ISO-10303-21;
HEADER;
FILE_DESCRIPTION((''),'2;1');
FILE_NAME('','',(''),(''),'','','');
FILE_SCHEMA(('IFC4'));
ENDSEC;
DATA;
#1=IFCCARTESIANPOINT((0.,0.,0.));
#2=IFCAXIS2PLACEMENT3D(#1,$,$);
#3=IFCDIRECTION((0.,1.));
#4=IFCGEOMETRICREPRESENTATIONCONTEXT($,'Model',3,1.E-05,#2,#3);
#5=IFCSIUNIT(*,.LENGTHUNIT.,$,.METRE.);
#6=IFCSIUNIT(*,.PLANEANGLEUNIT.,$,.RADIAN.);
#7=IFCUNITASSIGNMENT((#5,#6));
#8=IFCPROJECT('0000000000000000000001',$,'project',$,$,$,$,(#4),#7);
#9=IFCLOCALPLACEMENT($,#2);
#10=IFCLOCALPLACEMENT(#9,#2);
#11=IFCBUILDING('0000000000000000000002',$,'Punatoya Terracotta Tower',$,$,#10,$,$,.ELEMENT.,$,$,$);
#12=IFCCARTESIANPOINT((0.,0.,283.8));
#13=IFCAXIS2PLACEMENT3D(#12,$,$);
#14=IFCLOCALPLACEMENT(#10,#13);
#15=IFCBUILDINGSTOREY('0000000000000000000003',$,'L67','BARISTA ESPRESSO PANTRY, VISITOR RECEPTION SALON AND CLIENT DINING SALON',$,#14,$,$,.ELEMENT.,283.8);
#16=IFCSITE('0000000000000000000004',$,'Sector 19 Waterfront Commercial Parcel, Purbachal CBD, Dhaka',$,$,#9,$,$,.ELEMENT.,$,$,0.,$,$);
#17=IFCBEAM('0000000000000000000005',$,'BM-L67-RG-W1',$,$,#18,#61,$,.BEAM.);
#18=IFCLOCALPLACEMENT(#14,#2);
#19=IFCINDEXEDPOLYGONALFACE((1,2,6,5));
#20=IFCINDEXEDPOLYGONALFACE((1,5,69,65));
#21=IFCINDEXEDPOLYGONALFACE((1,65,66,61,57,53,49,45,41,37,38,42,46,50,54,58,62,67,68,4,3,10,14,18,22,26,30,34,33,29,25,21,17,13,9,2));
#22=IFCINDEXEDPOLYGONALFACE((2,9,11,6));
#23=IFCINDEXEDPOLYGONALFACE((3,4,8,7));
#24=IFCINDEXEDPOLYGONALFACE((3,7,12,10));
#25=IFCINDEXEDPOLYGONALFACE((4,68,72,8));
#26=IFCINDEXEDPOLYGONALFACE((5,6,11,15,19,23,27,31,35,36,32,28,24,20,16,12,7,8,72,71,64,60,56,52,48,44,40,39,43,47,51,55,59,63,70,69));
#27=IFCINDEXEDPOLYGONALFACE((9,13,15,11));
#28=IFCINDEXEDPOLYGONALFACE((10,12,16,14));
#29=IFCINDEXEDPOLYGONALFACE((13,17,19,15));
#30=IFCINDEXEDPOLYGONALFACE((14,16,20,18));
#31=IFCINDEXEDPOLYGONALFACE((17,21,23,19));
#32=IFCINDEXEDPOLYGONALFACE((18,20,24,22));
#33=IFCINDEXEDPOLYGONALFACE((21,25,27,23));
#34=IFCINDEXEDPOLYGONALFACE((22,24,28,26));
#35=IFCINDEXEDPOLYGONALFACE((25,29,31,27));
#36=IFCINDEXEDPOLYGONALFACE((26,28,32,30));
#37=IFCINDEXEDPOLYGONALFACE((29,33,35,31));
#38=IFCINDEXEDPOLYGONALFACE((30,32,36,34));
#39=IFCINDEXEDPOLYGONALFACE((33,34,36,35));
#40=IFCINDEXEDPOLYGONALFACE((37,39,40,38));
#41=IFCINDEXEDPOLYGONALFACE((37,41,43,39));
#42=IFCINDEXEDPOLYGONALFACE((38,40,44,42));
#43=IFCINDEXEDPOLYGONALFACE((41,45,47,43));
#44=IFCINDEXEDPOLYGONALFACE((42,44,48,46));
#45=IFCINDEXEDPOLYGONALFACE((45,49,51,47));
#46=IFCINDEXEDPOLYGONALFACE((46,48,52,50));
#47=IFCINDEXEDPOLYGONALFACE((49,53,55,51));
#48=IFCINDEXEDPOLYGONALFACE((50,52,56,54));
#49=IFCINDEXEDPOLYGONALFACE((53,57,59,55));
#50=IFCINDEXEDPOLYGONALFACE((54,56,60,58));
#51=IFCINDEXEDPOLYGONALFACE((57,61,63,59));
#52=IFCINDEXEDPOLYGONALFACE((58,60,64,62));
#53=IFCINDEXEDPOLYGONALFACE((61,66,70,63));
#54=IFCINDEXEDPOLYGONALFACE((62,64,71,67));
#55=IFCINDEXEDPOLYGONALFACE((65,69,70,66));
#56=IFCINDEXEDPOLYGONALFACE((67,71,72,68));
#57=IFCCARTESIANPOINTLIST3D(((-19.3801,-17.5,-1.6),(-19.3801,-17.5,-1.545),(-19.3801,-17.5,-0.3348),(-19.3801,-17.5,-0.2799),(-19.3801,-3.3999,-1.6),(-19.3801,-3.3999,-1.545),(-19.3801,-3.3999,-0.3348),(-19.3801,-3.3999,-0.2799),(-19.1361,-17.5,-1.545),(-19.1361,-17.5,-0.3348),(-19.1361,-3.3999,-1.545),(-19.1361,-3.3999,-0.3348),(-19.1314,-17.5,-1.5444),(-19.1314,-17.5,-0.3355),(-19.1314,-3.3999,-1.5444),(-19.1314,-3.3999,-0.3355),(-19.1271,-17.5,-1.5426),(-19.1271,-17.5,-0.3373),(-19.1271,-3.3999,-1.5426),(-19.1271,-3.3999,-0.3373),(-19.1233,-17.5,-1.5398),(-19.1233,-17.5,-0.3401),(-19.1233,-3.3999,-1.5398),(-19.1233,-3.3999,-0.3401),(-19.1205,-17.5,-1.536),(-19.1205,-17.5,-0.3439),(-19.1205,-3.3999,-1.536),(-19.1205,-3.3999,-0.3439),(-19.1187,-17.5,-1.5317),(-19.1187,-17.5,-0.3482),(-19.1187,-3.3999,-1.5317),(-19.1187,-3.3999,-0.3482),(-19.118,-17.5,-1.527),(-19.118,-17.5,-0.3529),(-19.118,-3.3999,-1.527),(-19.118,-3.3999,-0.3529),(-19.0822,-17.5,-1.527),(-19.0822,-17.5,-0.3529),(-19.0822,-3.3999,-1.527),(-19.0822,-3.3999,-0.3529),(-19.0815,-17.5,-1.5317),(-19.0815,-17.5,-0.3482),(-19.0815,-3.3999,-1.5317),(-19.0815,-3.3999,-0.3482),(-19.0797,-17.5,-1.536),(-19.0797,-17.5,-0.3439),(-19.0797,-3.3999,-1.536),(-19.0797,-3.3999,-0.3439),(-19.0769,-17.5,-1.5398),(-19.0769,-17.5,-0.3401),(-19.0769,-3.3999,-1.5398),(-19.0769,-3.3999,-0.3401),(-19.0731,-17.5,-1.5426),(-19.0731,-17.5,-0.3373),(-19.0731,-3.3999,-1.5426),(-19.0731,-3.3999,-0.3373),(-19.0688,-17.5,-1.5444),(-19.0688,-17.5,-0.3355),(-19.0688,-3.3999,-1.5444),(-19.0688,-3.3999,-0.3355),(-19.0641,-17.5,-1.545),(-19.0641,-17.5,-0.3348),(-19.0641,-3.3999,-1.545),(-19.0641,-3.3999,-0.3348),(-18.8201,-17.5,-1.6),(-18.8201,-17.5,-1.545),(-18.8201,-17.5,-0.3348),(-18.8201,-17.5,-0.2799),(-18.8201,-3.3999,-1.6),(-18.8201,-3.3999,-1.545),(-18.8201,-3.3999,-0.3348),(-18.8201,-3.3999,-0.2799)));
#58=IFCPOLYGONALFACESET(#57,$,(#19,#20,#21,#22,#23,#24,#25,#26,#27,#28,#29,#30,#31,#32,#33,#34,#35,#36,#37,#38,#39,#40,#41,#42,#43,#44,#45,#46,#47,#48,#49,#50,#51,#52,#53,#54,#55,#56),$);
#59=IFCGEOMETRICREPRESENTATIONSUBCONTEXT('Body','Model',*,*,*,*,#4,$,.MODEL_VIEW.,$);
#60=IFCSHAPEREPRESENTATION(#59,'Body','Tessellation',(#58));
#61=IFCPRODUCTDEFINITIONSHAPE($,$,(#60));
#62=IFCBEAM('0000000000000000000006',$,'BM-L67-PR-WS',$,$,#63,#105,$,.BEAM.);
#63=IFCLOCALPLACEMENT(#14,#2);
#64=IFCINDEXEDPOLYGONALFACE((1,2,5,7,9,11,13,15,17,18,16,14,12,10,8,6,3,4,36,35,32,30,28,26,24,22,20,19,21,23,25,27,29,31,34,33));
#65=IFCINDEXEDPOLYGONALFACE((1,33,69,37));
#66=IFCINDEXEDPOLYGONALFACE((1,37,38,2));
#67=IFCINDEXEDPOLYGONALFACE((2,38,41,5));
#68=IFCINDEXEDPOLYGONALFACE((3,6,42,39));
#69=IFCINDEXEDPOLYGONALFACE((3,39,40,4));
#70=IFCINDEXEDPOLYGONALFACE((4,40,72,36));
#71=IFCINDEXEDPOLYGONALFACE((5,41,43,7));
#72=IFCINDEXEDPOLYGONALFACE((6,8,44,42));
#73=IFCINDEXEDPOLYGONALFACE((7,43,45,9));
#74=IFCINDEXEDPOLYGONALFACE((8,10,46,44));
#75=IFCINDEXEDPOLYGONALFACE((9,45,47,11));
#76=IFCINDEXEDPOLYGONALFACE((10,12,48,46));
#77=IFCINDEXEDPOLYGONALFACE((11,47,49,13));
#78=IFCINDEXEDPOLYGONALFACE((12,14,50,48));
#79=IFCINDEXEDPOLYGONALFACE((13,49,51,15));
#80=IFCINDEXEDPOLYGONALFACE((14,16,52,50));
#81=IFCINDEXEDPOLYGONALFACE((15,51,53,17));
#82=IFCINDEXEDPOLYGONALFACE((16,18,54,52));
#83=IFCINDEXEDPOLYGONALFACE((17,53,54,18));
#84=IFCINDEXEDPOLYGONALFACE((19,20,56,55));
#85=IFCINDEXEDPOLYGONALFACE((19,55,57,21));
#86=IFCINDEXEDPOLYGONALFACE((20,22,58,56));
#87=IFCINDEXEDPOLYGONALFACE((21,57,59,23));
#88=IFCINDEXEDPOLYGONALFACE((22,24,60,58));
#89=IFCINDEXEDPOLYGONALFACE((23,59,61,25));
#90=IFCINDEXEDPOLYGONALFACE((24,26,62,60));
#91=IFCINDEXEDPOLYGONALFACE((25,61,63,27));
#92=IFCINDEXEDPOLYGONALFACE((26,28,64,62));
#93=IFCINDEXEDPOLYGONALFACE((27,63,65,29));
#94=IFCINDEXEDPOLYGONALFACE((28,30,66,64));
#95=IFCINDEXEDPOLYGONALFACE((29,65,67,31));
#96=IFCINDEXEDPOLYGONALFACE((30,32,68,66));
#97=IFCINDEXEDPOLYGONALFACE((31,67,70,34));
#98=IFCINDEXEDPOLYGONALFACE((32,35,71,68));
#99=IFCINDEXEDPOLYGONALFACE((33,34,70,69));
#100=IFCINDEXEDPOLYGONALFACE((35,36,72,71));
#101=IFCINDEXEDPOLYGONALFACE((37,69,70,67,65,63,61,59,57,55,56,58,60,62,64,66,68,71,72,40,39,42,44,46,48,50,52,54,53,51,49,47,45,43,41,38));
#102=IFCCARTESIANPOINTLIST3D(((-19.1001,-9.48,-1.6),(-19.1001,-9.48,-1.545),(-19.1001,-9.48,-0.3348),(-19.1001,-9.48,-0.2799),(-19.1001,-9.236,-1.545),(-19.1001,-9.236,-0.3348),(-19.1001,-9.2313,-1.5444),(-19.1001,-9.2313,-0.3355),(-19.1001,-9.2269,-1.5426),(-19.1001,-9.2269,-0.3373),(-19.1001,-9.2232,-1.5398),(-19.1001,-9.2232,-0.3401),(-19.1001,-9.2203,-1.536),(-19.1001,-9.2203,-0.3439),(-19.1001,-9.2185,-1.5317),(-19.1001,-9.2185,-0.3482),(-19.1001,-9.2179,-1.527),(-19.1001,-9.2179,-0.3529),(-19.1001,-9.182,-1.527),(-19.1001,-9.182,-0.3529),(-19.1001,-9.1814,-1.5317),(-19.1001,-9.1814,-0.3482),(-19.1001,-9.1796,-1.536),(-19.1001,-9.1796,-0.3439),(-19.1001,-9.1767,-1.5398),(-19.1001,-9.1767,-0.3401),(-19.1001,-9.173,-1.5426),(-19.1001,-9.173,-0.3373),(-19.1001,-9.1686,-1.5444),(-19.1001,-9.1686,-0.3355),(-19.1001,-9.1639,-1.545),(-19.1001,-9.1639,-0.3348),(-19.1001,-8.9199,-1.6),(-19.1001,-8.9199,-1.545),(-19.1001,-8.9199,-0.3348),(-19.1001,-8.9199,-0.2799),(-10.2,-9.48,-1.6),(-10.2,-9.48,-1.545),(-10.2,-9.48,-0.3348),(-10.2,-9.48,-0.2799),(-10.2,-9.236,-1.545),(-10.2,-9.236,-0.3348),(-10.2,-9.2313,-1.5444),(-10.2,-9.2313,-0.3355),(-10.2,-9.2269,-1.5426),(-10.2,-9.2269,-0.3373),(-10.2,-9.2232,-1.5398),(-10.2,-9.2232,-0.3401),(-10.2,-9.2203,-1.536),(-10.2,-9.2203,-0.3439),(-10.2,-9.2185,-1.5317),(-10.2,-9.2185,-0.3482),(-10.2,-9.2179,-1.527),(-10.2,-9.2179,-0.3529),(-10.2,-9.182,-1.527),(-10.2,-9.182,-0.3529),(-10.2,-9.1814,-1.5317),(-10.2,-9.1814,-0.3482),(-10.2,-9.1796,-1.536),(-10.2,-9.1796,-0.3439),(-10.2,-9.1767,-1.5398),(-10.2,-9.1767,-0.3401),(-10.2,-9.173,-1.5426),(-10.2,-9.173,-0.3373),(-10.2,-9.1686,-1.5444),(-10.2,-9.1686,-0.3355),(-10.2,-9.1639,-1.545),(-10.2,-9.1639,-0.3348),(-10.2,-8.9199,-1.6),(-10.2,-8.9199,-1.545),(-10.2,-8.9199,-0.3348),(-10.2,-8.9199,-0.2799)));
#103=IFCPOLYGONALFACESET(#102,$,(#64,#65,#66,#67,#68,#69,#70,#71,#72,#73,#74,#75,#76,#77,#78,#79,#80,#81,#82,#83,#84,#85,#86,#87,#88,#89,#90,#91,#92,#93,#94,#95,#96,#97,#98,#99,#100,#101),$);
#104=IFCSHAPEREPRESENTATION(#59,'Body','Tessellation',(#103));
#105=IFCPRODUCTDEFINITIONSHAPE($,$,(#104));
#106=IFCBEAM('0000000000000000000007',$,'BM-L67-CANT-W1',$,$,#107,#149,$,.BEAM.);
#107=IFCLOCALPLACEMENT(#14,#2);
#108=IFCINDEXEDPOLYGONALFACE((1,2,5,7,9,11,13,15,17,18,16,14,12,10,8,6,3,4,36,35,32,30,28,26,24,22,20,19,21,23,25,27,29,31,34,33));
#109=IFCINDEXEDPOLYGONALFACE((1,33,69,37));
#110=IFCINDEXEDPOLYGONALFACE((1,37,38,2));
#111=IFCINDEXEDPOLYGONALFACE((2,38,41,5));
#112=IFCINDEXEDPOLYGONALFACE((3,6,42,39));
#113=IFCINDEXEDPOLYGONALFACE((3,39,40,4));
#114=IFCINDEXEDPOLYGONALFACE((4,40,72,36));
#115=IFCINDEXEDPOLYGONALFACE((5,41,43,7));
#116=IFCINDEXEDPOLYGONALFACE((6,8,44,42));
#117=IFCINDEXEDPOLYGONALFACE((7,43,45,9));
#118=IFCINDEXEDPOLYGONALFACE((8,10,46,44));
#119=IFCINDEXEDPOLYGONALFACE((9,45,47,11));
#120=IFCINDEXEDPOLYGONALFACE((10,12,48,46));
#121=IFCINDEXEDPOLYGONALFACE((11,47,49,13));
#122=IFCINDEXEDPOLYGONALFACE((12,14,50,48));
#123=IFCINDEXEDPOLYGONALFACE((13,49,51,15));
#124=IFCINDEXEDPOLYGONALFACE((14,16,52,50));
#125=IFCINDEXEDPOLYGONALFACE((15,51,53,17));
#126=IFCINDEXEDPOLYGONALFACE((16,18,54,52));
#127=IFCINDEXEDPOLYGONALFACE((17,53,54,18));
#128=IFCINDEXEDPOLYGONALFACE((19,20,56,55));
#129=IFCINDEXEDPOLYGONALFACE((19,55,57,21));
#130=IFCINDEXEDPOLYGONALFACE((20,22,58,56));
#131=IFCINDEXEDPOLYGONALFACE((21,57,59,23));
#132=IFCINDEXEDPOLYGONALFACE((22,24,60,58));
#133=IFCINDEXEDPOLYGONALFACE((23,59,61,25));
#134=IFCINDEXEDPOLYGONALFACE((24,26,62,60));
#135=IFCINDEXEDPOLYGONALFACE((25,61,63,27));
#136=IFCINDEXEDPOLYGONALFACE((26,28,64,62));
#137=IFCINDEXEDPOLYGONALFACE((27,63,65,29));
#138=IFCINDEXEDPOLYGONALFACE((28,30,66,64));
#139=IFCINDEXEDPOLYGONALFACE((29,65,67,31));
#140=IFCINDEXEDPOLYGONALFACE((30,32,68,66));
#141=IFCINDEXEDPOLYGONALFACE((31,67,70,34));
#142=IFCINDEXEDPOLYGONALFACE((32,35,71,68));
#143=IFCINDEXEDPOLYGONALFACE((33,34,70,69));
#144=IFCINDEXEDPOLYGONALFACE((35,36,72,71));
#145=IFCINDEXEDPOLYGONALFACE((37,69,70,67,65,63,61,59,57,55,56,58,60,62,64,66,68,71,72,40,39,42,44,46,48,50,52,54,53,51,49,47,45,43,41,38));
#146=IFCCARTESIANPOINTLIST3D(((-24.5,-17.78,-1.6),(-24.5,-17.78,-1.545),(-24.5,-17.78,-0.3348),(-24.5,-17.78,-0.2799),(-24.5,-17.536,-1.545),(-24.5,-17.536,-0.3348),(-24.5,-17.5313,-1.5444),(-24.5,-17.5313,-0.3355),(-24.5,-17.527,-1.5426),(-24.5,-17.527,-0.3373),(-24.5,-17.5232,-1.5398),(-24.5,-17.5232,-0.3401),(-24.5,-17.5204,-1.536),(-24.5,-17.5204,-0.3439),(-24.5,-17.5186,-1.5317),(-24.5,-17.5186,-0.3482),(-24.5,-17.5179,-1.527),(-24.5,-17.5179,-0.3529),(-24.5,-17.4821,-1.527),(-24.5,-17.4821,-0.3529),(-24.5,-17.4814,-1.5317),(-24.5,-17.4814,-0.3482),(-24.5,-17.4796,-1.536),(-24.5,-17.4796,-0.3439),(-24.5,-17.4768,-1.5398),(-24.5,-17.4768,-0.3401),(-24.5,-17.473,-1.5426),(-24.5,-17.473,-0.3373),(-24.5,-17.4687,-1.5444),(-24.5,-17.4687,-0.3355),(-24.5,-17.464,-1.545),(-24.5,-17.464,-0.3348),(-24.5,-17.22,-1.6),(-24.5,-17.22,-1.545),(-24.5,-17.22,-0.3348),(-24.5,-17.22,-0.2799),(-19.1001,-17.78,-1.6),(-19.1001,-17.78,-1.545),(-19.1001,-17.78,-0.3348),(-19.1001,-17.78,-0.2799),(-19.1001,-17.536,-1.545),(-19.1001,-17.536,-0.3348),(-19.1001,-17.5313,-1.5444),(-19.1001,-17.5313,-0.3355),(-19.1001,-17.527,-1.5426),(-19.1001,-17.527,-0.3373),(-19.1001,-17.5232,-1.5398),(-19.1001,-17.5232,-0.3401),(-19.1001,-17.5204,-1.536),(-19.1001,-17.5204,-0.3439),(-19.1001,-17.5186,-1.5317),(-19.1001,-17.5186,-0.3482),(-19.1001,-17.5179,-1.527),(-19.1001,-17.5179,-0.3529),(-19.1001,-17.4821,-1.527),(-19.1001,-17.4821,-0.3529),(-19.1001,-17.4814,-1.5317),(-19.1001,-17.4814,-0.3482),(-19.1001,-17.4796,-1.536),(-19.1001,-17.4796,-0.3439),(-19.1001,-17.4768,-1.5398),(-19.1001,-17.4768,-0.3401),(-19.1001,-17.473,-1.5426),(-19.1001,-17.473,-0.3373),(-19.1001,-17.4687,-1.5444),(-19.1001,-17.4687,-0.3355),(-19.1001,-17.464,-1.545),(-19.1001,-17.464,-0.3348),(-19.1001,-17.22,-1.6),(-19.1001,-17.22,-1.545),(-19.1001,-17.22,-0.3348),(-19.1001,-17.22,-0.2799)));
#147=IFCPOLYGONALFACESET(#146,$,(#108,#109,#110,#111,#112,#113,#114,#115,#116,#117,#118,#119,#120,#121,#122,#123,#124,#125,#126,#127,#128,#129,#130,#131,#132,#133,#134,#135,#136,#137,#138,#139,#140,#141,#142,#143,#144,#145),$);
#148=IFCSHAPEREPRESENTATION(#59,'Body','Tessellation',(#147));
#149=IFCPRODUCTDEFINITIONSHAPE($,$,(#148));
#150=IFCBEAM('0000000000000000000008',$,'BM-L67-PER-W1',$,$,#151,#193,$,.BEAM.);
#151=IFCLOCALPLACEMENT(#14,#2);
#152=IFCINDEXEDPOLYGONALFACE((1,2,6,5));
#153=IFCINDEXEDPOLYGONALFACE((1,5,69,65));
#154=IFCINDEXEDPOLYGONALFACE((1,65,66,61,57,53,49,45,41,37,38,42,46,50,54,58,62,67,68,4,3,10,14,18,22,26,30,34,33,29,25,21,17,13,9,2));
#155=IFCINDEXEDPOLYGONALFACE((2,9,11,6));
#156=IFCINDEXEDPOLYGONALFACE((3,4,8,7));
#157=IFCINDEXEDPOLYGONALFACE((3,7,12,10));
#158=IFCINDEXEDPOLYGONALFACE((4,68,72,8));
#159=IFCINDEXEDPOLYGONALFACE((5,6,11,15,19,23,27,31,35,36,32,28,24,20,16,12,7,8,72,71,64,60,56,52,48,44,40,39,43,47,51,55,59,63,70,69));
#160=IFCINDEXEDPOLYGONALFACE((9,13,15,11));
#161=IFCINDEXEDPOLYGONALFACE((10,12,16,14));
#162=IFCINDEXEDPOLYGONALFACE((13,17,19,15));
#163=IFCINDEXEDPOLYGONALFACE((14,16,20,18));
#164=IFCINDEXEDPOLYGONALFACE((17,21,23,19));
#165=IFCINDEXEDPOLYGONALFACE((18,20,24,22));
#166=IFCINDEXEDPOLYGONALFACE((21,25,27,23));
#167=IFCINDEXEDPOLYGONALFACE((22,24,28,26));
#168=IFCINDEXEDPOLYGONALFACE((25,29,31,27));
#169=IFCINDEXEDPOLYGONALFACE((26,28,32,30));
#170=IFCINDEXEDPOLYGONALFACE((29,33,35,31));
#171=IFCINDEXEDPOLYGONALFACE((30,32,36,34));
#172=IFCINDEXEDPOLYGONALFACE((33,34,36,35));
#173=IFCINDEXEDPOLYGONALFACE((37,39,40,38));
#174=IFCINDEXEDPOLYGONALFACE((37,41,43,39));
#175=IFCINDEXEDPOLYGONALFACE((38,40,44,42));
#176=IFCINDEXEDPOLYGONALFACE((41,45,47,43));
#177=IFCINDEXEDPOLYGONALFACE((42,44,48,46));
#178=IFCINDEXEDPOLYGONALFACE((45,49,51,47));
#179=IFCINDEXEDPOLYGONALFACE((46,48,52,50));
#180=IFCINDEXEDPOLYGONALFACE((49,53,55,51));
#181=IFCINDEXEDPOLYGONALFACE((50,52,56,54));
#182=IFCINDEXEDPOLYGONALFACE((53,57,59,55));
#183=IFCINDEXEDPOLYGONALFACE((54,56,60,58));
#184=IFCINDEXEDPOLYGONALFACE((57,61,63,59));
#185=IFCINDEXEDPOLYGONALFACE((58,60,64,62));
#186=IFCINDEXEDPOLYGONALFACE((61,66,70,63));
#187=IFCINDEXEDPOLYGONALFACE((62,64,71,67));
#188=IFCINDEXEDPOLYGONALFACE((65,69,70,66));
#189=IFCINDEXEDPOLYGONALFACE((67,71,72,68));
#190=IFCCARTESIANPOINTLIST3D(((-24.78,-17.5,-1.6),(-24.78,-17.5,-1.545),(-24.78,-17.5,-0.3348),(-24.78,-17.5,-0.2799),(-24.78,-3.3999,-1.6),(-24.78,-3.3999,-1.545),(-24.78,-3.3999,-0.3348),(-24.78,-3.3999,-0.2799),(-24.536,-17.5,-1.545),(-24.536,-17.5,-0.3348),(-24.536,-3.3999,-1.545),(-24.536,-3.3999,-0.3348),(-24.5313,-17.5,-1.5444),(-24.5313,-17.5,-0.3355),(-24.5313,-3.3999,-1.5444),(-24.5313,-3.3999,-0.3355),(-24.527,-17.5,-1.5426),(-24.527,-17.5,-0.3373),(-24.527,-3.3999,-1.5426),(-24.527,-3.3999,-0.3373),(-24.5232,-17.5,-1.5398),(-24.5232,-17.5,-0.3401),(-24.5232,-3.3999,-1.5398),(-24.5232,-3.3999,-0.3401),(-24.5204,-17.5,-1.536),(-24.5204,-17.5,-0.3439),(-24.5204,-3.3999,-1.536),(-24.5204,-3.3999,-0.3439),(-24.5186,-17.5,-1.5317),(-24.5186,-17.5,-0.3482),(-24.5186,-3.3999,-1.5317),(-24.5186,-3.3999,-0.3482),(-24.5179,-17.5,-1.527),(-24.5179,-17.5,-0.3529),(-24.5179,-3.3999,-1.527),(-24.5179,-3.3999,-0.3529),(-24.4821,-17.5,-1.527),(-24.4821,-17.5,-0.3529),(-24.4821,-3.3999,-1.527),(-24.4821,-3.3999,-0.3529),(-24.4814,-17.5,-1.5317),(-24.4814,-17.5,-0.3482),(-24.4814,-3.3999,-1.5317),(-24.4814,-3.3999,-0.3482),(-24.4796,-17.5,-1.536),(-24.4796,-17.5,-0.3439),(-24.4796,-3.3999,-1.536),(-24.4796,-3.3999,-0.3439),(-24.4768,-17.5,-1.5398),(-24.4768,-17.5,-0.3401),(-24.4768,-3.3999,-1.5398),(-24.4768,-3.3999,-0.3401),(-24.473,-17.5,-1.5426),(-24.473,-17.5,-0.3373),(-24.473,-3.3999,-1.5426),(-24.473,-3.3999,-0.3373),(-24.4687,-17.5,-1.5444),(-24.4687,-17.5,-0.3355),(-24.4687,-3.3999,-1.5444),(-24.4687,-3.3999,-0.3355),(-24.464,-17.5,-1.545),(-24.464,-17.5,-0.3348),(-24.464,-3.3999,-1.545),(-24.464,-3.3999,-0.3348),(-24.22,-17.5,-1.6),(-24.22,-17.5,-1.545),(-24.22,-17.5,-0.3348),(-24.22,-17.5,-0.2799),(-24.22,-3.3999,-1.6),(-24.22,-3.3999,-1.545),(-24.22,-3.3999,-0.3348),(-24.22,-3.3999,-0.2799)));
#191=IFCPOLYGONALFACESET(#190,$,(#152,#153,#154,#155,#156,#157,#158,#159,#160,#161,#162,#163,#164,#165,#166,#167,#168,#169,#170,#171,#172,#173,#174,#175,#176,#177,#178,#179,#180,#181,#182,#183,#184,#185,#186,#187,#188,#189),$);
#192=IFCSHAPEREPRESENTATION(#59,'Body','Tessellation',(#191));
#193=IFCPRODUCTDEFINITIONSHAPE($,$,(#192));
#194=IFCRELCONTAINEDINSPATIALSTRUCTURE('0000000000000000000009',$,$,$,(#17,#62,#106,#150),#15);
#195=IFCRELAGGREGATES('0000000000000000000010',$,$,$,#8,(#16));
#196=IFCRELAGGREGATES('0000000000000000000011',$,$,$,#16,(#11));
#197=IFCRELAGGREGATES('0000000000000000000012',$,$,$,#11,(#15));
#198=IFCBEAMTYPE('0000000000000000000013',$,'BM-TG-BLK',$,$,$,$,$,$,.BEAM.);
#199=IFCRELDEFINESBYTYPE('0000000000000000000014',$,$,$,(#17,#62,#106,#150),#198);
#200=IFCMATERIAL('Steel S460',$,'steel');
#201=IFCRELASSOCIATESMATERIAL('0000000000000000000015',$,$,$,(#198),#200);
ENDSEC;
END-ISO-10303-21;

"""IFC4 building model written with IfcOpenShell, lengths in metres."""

from ifc_helpers import new_model, si_unit, direction, frame, origin, origin_2d, place, context, subcontext, project, spatial, i_section, extrude, material, material_profile, profile_set, type_object, element, save


model = new_model("IFC4")

# Units and contexts
model_context = context("Model", 3, precision=1e-05, world=origin(), true_north=direction((0.0, 1.0)))
body_context = subcontext(model_context, "Body", "Model", "MODEL_VIEW")
ifc_project = project(units=[si_unit("LENGTHUNIT", "METRE"), si_unit("PLANEANGLEUNIT", "RADIAN")], contexts=[model_context])

# Site, building, storey
site_placement = place(None, origin())
site = spatial("IfcSite", under=ifc_project, at=site_placement, Name="Sector 19 Waterfront Commercial Parcel, Purbachal CBD, Dhaka", CompositionType="ELEMENT", RefElevation=0.0)
building_placement = place(site_placement, origin())
building = spatial("IfcBuilding", under=site, at=building_placement, Name="Punatoya Terracotta Tower", CompositionType="ELEMENT")
storey_placement = place(building_placement, frame((0.0, 0.0, 283.8)))
storey = spatial("IfcBuildingStorey", under=building, at=storey_placement, Name="L67", Description="BARISTA ESPRESSO PANTRY, VISITOR RECEPTION SALON AND CLIENT DINING SALON", CompositionType="ELEMENT", Elevation=283.8)

# Shared definitions
ifc_material_1 = material(Name="Steel S460", Category="steel")

# Beams
ifc_material_profile_1 = material_profile(ifc_material_1, i_section(OverallWidth=0.5601, OverallDepth=1.3201, WebThickness=0.0359, FlangeThickness=0.0549, FilletRadius=0.0181, at=origin_2d()))
ifc_profile_set_1 = profile_set([ifc_material_profile_1], Name="Steel S460")
beam_type_1 = type_object("IfcBeamType", Name="BM-TG-BLK", PredefinedType="BEAM", material=ifc_profile_set_1)
beam_1_placement = place(storey_placement, frame((-19.1001, -17.5, -0.9399), z_axis=(0.0, 1.0, 0.0), x_axis=(-1.0, 0.0, 0.0)))
element("IfcBeam", 1, at=beam_1_placement, inside=storey, type_object=beam_type_1, Name="BM-L67-RG-W1", PredefinedType="BEAM", context=body_context, shape_type="SweptSolid", body=[
    extrude(i_section(OverallWidth=0.5601, OverallDepth=1.3201, WebThickness=0.0359, FlangeThickness=0.0549, FilletRadius=0.0181, at=origin_2d()), origin(), (0.0, 0.0, 1.0), 14.1001),
])
beam_2_placement = place(storey_placement, frame((-19.1001, -9.2, -0.9399), z_axis=(1.0, 0.0, 0.0), x_axis=(0.0, 1.0, 0.0)))
element("IfcBeam", 2, at=beam_2_placement, inside=storey, type_object=beam_type_1, Name="BM-L67-PR-WS", PredefinedType="BEAM", context=body_context, shape_type="SweptSolid", body=[
    extrude(i_section(OverallWidth=0.5601, OverallDepth=1.3201, WebThickness=0.0359, FlangeThickness=0.0549, FilletRadius=0.0181, at=origin_2d()), origin(), (0.0, 0.0, 1.0), 8.9001),
])
beam_3_placement = place(storey_placement, frame((-24.5, -17.5, -0.9399), z_axis=(1.0, 0.0, 0.0), x_axis=(0.0, 1.0, 0.0)))
element("IfcBeam", 3, at=beam_3_placement, inside=storey, type_object=beam_type_1, Name="BM-L67-CANT-W1", PredefinedType="BEAM", context=body_context, shape_type="SweptSolid", body=[
    extrude(i_section(OverallWidth=0.5601, OverallDepth=1.3201, WebThickness=0.0359, FlangeThickness=0.0549, FilletRadius=0.0181, at=origin_2d()), origin(), (0.0, 0.0, 1.0), 5.3999),
])
beam_4_placement = place(storey_placement, frame((-24.5, -17.5, -0.9399), z_axis=(0.0, 1.0, 0.0), x_axis=(-1.0, 0.0, 0.0)))
element("IfcBeam", 4, at=beam_4_placement, inside=storey, type_object=beam_type_1, Name="BM-L67-PER-W1", PredefinedType="BEAM", context=body_context, shape_type="SweptSolid", body=[
    extrude(i_section(OverallWidth=0.5601, OverallDepth=1.3201, WebThickness=0.0359, FlangeThickness=0.0549, FilletRadius=0.0181, at=origin_2d()), origin(), (0.0, 0.0, 1.0), 14.1001),
])

save(model, "model.ifc")
